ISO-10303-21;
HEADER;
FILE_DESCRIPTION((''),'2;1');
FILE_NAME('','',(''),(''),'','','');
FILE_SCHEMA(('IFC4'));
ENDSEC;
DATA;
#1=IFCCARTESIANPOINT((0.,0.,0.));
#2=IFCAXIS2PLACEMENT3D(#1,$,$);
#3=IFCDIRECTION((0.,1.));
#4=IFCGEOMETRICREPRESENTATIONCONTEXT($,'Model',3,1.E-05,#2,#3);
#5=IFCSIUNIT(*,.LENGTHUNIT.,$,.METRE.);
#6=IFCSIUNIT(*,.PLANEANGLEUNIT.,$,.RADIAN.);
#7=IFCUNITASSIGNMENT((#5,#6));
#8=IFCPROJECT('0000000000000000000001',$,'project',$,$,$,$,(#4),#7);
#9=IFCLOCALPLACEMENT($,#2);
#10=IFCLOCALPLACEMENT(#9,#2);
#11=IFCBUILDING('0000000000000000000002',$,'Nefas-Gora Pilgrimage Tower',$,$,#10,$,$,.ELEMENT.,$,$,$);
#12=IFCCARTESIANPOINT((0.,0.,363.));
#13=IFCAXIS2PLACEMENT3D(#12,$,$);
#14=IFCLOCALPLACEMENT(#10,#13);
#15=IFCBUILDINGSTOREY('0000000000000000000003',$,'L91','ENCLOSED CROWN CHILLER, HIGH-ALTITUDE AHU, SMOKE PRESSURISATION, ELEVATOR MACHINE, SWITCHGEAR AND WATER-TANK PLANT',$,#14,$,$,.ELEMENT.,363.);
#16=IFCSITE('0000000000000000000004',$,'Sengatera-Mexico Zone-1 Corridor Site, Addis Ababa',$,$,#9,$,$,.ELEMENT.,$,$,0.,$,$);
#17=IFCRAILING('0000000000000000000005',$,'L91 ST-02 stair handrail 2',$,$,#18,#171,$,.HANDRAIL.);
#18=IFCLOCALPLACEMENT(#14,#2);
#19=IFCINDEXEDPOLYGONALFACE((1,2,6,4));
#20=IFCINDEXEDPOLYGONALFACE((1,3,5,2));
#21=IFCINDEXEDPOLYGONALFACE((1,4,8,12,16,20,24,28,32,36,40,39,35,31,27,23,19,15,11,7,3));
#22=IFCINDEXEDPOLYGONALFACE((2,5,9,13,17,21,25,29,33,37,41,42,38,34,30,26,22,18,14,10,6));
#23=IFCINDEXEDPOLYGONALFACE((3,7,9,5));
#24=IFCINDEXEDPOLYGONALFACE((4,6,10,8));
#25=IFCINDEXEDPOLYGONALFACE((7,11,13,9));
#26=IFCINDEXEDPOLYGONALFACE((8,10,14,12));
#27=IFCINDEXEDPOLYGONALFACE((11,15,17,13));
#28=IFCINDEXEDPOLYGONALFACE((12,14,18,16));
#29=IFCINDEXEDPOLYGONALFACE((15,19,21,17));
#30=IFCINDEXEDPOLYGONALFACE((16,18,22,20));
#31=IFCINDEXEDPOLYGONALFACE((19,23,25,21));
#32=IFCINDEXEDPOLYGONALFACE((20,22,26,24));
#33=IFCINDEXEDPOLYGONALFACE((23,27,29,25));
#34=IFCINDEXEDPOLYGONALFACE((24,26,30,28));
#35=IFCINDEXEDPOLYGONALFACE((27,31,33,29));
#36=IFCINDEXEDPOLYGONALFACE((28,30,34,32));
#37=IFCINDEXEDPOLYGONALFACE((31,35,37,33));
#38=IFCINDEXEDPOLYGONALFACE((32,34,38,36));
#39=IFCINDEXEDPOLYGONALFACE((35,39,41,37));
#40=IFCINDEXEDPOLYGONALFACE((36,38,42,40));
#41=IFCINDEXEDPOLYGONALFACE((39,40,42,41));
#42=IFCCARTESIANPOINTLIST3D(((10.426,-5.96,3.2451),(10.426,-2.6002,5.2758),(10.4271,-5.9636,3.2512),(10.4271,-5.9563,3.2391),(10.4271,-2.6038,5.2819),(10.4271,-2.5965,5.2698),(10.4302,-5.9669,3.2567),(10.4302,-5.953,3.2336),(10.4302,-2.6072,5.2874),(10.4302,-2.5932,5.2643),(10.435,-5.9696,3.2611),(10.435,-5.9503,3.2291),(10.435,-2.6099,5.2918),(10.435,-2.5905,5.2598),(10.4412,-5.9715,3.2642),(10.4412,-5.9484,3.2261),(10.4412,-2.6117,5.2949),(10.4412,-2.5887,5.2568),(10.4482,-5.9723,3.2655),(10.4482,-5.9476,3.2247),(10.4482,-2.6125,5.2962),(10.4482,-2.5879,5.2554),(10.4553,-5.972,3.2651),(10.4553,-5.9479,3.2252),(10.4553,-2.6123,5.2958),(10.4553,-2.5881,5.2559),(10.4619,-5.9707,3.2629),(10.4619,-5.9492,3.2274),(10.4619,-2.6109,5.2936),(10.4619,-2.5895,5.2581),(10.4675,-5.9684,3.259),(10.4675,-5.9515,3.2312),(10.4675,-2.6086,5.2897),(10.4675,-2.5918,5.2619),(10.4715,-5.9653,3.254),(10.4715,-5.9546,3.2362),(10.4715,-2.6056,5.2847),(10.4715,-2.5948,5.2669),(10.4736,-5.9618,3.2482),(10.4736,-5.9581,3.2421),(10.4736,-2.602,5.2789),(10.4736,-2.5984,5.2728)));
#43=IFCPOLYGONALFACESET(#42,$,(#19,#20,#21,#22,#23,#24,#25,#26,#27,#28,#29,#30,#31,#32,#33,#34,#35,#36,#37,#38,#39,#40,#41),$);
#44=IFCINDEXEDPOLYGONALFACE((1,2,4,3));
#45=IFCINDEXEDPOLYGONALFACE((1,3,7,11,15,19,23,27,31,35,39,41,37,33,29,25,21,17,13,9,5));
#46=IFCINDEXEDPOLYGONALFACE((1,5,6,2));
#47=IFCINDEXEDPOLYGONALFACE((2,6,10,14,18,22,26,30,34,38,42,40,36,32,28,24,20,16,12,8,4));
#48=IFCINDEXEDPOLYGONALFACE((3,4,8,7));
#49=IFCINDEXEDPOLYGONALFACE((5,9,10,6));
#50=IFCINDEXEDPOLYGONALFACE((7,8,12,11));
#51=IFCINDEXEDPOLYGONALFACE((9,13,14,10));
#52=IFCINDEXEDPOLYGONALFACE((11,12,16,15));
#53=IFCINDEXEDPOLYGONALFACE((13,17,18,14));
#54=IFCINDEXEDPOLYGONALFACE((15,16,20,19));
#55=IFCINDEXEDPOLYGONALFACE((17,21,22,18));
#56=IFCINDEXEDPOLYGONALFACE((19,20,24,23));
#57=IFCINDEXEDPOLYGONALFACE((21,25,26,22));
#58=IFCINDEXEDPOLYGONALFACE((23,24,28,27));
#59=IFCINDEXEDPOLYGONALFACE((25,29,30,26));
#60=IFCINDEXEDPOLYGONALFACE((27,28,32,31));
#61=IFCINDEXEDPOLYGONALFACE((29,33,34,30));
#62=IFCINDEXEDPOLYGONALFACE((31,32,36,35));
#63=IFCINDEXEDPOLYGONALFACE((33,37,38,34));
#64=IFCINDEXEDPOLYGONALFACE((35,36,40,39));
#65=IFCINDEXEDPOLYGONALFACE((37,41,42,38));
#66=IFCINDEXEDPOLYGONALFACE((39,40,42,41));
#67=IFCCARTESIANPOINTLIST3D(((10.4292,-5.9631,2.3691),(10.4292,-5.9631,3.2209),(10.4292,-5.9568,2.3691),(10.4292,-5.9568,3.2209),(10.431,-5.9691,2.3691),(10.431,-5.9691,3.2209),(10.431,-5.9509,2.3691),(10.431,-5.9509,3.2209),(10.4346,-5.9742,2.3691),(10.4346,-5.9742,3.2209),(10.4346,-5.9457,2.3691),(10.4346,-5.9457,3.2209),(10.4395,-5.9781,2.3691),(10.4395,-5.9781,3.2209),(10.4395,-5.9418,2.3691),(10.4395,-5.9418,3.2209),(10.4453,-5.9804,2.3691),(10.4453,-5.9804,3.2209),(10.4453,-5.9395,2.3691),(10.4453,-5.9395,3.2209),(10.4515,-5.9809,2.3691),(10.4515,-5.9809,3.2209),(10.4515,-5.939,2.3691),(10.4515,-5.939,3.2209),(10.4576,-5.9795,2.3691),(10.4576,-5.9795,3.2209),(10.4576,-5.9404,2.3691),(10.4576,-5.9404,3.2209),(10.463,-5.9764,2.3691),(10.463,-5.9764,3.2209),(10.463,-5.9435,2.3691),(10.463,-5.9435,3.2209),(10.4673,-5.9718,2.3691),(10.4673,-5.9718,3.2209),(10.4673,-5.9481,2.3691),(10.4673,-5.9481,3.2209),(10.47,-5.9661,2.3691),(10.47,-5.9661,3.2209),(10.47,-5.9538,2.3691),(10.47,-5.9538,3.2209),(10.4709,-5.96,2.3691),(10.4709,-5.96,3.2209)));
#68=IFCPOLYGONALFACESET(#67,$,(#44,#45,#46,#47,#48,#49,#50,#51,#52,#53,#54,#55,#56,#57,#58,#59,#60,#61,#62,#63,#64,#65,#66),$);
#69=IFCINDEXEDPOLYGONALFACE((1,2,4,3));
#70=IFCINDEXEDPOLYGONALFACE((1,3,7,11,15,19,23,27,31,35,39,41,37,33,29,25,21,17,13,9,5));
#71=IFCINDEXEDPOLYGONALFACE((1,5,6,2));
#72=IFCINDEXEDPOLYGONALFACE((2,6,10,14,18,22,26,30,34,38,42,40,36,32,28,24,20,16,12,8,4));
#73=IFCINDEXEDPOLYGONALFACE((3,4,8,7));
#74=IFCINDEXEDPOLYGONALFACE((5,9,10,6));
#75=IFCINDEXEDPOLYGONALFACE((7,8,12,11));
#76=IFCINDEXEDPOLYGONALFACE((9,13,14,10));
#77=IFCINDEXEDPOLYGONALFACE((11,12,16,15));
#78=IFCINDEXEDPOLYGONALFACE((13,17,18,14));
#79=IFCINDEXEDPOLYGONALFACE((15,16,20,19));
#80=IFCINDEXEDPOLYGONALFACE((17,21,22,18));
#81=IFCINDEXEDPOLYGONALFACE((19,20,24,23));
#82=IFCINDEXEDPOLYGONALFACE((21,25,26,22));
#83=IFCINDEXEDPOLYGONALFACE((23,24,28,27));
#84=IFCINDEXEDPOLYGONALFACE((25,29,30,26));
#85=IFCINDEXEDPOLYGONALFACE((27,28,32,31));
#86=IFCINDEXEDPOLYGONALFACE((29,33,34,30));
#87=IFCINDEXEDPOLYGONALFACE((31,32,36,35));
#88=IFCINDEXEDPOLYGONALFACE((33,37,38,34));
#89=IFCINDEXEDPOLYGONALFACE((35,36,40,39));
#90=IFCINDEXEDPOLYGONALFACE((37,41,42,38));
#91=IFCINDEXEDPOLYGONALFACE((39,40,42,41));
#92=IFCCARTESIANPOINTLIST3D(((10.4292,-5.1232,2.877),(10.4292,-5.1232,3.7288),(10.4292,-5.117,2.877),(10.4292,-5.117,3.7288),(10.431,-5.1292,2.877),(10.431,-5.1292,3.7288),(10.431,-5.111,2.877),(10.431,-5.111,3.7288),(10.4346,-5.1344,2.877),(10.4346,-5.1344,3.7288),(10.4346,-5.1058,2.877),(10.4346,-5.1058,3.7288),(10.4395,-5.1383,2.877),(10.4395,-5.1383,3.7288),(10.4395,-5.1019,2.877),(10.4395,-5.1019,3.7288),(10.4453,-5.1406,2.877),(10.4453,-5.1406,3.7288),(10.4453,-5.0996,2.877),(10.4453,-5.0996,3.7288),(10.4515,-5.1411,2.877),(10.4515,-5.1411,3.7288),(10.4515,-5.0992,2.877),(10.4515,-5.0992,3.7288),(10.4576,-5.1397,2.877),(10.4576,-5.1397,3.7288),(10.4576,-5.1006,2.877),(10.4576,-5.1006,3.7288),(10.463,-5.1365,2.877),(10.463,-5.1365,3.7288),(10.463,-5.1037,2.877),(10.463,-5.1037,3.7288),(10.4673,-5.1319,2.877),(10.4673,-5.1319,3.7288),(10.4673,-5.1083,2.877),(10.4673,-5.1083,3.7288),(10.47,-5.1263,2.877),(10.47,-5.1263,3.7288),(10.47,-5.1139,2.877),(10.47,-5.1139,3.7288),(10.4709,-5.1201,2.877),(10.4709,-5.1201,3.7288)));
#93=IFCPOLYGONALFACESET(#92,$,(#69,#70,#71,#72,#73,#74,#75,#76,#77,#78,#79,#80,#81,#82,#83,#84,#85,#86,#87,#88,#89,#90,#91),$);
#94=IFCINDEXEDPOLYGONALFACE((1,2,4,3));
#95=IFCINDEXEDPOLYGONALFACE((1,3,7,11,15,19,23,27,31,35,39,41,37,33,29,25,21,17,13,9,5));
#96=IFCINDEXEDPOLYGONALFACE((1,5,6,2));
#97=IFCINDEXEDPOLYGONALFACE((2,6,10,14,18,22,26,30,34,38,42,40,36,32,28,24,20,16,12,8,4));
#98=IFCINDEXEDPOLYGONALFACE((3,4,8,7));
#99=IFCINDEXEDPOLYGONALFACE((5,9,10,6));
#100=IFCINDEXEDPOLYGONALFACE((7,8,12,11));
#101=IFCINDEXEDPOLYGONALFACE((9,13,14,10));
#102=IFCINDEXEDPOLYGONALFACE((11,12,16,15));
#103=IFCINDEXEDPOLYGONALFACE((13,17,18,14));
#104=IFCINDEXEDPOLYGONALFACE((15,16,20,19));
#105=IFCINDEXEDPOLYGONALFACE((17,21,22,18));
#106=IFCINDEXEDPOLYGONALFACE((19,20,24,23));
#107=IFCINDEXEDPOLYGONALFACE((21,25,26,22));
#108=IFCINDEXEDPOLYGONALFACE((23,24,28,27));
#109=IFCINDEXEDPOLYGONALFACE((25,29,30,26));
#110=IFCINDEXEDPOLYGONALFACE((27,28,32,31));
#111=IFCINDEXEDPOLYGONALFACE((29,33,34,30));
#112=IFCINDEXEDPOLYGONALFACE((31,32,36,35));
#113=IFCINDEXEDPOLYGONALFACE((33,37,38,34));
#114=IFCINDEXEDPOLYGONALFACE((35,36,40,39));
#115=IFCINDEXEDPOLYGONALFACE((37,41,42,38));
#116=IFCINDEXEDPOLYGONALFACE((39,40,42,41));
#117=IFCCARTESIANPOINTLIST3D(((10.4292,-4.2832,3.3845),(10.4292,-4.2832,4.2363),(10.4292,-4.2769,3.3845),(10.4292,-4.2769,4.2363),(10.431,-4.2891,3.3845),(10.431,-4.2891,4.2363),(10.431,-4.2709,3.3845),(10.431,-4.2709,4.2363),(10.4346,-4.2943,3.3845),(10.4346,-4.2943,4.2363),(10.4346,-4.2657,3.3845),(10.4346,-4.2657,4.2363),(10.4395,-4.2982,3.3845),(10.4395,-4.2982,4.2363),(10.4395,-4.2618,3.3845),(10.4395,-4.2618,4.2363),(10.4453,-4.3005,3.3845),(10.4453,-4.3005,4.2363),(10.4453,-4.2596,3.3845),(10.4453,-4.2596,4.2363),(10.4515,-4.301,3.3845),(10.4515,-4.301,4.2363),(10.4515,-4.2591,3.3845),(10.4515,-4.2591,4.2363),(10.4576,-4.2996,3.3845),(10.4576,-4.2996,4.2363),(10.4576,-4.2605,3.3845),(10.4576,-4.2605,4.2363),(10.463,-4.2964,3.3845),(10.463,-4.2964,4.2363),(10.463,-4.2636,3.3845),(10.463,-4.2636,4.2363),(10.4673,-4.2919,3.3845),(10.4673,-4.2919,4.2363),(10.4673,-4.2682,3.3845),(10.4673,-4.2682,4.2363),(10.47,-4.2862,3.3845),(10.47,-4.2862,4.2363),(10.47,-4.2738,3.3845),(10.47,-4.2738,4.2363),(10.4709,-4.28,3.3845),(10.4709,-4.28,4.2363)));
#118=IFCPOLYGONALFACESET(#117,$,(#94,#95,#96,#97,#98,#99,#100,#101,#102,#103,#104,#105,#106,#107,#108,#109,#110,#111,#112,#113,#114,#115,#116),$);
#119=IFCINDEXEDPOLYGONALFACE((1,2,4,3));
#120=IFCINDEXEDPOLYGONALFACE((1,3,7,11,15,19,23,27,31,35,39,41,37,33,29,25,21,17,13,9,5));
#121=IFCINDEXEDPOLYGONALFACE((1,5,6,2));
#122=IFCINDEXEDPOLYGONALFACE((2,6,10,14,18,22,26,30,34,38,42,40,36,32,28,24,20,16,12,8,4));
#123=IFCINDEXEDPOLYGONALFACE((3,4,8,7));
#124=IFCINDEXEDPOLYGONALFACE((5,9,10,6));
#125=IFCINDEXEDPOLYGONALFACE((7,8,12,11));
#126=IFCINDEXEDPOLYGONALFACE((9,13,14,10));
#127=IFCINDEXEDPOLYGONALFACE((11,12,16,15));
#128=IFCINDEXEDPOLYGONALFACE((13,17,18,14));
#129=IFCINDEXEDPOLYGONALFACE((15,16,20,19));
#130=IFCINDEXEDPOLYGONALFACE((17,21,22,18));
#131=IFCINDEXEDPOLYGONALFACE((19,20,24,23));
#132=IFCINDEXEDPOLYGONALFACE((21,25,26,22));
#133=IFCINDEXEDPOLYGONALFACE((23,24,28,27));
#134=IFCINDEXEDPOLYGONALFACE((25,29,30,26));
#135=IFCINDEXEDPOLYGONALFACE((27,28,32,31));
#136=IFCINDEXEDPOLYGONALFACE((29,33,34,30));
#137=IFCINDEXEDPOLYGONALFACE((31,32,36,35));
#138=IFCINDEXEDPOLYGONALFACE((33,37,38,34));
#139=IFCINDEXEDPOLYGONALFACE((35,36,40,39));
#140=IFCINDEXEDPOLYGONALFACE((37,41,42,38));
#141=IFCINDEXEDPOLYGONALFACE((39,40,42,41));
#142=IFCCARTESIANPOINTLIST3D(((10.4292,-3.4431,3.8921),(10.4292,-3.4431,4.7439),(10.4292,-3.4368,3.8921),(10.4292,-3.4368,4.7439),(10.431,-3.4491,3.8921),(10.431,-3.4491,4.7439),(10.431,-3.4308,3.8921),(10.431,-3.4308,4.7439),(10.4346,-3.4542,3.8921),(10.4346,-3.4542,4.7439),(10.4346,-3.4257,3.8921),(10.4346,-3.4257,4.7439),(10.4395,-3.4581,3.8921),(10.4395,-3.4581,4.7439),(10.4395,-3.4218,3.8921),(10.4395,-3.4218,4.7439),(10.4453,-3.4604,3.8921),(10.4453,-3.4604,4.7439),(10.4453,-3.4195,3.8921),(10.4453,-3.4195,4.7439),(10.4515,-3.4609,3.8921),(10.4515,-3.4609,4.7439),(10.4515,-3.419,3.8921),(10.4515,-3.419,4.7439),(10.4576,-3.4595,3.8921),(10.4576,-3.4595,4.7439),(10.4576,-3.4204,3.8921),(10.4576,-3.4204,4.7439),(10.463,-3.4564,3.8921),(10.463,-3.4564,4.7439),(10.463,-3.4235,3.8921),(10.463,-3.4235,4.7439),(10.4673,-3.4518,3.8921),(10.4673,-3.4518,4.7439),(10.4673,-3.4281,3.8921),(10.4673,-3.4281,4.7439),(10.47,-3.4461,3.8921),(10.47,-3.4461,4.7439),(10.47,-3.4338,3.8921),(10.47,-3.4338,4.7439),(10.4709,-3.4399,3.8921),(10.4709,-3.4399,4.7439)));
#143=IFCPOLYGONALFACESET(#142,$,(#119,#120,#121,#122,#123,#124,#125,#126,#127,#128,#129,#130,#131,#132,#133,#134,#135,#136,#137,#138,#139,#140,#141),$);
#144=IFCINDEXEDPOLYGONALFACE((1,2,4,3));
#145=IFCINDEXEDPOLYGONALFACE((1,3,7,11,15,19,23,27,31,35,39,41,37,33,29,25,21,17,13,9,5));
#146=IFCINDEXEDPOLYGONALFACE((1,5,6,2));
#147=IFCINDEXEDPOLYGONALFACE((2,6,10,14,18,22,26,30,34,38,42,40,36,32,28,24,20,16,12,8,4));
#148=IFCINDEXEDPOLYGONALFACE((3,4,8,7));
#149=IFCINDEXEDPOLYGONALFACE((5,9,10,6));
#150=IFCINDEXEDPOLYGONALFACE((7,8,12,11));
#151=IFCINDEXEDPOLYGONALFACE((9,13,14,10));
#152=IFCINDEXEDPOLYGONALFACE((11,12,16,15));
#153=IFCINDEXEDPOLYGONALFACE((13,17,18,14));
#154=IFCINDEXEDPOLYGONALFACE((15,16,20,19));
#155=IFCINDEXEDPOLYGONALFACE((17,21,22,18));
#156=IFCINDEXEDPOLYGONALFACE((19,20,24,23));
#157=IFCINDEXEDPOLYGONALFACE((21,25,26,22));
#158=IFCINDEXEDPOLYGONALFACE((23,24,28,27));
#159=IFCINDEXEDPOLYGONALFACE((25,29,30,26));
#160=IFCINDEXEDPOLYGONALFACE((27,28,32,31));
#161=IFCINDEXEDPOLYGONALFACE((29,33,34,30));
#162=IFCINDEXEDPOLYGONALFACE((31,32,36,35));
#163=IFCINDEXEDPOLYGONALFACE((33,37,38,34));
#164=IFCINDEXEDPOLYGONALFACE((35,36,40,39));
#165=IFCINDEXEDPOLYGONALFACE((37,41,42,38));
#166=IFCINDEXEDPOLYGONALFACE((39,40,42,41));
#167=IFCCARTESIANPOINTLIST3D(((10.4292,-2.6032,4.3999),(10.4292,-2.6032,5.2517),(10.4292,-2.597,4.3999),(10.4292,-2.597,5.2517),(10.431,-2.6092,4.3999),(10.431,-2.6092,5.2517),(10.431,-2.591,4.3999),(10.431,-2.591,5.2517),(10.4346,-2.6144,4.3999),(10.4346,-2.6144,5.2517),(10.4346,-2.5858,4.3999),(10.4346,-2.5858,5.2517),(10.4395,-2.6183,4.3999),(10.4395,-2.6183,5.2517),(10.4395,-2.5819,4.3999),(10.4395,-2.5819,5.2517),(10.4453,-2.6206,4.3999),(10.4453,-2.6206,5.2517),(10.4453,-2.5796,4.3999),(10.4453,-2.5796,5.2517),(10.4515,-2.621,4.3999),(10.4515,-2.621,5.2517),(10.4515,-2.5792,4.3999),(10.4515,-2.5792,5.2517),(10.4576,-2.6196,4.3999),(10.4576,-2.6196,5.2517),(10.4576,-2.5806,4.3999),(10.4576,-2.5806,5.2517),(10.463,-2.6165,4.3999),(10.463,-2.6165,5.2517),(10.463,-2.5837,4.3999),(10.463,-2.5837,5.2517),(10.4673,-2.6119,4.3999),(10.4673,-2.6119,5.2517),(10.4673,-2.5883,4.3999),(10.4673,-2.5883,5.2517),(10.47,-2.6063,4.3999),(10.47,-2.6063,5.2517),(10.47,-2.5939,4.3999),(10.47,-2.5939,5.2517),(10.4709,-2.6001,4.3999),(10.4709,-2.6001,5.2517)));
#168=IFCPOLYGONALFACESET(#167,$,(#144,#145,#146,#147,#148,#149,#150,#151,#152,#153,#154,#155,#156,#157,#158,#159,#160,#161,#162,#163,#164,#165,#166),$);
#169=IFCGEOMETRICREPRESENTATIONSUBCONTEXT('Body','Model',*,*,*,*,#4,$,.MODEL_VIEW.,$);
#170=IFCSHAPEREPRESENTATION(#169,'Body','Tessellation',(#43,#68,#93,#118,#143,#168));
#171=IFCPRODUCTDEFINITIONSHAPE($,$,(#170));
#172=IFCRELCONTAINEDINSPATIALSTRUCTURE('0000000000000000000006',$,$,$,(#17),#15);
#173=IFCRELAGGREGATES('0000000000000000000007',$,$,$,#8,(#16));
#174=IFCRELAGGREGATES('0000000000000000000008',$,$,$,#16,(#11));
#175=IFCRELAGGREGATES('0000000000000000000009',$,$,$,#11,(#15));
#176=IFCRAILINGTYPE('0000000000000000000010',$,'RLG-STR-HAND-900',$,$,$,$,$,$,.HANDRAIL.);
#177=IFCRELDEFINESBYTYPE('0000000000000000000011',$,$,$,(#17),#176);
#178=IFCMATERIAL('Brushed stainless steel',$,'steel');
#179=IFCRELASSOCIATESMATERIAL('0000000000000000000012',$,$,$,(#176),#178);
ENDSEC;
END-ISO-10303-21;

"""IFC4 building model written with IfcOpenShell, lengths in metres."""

from ifc_helpers import new_model, si_unit, direction, frame, origin, origin_2d, place, context, subcontext, project, spatial, circle, extrude, material, type_object, element, save


model = new_model("IFC4")

# Units and contexts
model_context = context("Model", 3, precision=1e-05, world=origin(), true_north=direction((0.0, 1.0)))
body_context = subcontext(model_context, "Body", "Model", "MODEL_VIEW")
ifc_project = project(units=[si_unit("LENGTHUNIT", "METRE"), si_unit("PLANEANGLEUNIT", "RADIAN")], contexts=[model_context])

# Site, building, storey
site_placement = place(None, origin())
site = spatial("IfcSite", under=ifc_project, at=site_placement, Name="Sengatera-Mexico Zone-1 Corridor Site, Addis Ababa", CompositionType="ELEMENT", RefElevation=0.0)
building_placement = place(site_placement, origin())
building = spatial("IfcBuilding", under=site, at=building_placement, Name="Nefas-Gora Pilgrimage Tower", CompositionType="ELEMENT")
storey_placement = place(building_placement, frame((0.0, 0.0, 363.0)))
storey = spatial("IfcBuildingStorey", under=building, at=storey_placement, Name="L91", Description="ENCLOSED CROWN CHILLER, HIGH-ALTITUDE AHU, SMOKE PRESSURISATION, ELEVATOR MACHINE, SWITCHGEAR AND WATER-TANK PLANT", CompositionType="ELEMENT", Elevation=363.0)

# Railing
ifc_material_1 = material(Name="Brushed stainless steel", Category="steel")
railing_type_1 = type_object("IfcRailingType", Name="RLG-STR-HAND-900", PredefinedType="HANDRAIL", material=ifc_material_1)
railing_1_placement = place(storey_placement, frame((10.45, -5.96, 2.3691)))
element("IfcRailing", 1, at=railing_1_placement, inside=storey, type_object=railing_type_1, Name="L91 ST-02 stair handrail 2", PredefinedType="HANDRAIL", context=body_context, shape_type="SweptSolid", body=[
    extrude(circle(Radius=0.0239, at=origin_2d()), frame((0.0, 0.0, 0.876), z_axis=(0.0, 0.85582, 0.517273), x_axis=(-1.0, 0.0, 0.0)), (0.0, 0.0, 1.0), 3.9258),
    extrude(circle(Radius=0.021, at=origin_2d()), origin(), (0.0, 0.0, 1.0), 0.8518),
    extrude(circle(Radius=0.021, at=origin_2d()), frame((0.0, 0.8398, 0.5078)), (0.0, 0.0, 1.0), 0.8518),
    extrude(circle(Radius=0.021, at=origin_2d()), frame((0.0, 1.6799, 1.0154)), (0.0, 0.0, 1.0), 0.8518),
    extrude(circle(Radius=0.021, at=origin_2d()), frame((0.0, 2.52, 1.5229)), (0.0, 0.0, 1.0), 0.8518),
    extrude(circle(Radius=0.021, at=origin_2d()), frame((0.0, 3.3599, 2.0308)), (0.0, 0.0, 1.0), 0.8518),
])

save(model, "model.ifc")
